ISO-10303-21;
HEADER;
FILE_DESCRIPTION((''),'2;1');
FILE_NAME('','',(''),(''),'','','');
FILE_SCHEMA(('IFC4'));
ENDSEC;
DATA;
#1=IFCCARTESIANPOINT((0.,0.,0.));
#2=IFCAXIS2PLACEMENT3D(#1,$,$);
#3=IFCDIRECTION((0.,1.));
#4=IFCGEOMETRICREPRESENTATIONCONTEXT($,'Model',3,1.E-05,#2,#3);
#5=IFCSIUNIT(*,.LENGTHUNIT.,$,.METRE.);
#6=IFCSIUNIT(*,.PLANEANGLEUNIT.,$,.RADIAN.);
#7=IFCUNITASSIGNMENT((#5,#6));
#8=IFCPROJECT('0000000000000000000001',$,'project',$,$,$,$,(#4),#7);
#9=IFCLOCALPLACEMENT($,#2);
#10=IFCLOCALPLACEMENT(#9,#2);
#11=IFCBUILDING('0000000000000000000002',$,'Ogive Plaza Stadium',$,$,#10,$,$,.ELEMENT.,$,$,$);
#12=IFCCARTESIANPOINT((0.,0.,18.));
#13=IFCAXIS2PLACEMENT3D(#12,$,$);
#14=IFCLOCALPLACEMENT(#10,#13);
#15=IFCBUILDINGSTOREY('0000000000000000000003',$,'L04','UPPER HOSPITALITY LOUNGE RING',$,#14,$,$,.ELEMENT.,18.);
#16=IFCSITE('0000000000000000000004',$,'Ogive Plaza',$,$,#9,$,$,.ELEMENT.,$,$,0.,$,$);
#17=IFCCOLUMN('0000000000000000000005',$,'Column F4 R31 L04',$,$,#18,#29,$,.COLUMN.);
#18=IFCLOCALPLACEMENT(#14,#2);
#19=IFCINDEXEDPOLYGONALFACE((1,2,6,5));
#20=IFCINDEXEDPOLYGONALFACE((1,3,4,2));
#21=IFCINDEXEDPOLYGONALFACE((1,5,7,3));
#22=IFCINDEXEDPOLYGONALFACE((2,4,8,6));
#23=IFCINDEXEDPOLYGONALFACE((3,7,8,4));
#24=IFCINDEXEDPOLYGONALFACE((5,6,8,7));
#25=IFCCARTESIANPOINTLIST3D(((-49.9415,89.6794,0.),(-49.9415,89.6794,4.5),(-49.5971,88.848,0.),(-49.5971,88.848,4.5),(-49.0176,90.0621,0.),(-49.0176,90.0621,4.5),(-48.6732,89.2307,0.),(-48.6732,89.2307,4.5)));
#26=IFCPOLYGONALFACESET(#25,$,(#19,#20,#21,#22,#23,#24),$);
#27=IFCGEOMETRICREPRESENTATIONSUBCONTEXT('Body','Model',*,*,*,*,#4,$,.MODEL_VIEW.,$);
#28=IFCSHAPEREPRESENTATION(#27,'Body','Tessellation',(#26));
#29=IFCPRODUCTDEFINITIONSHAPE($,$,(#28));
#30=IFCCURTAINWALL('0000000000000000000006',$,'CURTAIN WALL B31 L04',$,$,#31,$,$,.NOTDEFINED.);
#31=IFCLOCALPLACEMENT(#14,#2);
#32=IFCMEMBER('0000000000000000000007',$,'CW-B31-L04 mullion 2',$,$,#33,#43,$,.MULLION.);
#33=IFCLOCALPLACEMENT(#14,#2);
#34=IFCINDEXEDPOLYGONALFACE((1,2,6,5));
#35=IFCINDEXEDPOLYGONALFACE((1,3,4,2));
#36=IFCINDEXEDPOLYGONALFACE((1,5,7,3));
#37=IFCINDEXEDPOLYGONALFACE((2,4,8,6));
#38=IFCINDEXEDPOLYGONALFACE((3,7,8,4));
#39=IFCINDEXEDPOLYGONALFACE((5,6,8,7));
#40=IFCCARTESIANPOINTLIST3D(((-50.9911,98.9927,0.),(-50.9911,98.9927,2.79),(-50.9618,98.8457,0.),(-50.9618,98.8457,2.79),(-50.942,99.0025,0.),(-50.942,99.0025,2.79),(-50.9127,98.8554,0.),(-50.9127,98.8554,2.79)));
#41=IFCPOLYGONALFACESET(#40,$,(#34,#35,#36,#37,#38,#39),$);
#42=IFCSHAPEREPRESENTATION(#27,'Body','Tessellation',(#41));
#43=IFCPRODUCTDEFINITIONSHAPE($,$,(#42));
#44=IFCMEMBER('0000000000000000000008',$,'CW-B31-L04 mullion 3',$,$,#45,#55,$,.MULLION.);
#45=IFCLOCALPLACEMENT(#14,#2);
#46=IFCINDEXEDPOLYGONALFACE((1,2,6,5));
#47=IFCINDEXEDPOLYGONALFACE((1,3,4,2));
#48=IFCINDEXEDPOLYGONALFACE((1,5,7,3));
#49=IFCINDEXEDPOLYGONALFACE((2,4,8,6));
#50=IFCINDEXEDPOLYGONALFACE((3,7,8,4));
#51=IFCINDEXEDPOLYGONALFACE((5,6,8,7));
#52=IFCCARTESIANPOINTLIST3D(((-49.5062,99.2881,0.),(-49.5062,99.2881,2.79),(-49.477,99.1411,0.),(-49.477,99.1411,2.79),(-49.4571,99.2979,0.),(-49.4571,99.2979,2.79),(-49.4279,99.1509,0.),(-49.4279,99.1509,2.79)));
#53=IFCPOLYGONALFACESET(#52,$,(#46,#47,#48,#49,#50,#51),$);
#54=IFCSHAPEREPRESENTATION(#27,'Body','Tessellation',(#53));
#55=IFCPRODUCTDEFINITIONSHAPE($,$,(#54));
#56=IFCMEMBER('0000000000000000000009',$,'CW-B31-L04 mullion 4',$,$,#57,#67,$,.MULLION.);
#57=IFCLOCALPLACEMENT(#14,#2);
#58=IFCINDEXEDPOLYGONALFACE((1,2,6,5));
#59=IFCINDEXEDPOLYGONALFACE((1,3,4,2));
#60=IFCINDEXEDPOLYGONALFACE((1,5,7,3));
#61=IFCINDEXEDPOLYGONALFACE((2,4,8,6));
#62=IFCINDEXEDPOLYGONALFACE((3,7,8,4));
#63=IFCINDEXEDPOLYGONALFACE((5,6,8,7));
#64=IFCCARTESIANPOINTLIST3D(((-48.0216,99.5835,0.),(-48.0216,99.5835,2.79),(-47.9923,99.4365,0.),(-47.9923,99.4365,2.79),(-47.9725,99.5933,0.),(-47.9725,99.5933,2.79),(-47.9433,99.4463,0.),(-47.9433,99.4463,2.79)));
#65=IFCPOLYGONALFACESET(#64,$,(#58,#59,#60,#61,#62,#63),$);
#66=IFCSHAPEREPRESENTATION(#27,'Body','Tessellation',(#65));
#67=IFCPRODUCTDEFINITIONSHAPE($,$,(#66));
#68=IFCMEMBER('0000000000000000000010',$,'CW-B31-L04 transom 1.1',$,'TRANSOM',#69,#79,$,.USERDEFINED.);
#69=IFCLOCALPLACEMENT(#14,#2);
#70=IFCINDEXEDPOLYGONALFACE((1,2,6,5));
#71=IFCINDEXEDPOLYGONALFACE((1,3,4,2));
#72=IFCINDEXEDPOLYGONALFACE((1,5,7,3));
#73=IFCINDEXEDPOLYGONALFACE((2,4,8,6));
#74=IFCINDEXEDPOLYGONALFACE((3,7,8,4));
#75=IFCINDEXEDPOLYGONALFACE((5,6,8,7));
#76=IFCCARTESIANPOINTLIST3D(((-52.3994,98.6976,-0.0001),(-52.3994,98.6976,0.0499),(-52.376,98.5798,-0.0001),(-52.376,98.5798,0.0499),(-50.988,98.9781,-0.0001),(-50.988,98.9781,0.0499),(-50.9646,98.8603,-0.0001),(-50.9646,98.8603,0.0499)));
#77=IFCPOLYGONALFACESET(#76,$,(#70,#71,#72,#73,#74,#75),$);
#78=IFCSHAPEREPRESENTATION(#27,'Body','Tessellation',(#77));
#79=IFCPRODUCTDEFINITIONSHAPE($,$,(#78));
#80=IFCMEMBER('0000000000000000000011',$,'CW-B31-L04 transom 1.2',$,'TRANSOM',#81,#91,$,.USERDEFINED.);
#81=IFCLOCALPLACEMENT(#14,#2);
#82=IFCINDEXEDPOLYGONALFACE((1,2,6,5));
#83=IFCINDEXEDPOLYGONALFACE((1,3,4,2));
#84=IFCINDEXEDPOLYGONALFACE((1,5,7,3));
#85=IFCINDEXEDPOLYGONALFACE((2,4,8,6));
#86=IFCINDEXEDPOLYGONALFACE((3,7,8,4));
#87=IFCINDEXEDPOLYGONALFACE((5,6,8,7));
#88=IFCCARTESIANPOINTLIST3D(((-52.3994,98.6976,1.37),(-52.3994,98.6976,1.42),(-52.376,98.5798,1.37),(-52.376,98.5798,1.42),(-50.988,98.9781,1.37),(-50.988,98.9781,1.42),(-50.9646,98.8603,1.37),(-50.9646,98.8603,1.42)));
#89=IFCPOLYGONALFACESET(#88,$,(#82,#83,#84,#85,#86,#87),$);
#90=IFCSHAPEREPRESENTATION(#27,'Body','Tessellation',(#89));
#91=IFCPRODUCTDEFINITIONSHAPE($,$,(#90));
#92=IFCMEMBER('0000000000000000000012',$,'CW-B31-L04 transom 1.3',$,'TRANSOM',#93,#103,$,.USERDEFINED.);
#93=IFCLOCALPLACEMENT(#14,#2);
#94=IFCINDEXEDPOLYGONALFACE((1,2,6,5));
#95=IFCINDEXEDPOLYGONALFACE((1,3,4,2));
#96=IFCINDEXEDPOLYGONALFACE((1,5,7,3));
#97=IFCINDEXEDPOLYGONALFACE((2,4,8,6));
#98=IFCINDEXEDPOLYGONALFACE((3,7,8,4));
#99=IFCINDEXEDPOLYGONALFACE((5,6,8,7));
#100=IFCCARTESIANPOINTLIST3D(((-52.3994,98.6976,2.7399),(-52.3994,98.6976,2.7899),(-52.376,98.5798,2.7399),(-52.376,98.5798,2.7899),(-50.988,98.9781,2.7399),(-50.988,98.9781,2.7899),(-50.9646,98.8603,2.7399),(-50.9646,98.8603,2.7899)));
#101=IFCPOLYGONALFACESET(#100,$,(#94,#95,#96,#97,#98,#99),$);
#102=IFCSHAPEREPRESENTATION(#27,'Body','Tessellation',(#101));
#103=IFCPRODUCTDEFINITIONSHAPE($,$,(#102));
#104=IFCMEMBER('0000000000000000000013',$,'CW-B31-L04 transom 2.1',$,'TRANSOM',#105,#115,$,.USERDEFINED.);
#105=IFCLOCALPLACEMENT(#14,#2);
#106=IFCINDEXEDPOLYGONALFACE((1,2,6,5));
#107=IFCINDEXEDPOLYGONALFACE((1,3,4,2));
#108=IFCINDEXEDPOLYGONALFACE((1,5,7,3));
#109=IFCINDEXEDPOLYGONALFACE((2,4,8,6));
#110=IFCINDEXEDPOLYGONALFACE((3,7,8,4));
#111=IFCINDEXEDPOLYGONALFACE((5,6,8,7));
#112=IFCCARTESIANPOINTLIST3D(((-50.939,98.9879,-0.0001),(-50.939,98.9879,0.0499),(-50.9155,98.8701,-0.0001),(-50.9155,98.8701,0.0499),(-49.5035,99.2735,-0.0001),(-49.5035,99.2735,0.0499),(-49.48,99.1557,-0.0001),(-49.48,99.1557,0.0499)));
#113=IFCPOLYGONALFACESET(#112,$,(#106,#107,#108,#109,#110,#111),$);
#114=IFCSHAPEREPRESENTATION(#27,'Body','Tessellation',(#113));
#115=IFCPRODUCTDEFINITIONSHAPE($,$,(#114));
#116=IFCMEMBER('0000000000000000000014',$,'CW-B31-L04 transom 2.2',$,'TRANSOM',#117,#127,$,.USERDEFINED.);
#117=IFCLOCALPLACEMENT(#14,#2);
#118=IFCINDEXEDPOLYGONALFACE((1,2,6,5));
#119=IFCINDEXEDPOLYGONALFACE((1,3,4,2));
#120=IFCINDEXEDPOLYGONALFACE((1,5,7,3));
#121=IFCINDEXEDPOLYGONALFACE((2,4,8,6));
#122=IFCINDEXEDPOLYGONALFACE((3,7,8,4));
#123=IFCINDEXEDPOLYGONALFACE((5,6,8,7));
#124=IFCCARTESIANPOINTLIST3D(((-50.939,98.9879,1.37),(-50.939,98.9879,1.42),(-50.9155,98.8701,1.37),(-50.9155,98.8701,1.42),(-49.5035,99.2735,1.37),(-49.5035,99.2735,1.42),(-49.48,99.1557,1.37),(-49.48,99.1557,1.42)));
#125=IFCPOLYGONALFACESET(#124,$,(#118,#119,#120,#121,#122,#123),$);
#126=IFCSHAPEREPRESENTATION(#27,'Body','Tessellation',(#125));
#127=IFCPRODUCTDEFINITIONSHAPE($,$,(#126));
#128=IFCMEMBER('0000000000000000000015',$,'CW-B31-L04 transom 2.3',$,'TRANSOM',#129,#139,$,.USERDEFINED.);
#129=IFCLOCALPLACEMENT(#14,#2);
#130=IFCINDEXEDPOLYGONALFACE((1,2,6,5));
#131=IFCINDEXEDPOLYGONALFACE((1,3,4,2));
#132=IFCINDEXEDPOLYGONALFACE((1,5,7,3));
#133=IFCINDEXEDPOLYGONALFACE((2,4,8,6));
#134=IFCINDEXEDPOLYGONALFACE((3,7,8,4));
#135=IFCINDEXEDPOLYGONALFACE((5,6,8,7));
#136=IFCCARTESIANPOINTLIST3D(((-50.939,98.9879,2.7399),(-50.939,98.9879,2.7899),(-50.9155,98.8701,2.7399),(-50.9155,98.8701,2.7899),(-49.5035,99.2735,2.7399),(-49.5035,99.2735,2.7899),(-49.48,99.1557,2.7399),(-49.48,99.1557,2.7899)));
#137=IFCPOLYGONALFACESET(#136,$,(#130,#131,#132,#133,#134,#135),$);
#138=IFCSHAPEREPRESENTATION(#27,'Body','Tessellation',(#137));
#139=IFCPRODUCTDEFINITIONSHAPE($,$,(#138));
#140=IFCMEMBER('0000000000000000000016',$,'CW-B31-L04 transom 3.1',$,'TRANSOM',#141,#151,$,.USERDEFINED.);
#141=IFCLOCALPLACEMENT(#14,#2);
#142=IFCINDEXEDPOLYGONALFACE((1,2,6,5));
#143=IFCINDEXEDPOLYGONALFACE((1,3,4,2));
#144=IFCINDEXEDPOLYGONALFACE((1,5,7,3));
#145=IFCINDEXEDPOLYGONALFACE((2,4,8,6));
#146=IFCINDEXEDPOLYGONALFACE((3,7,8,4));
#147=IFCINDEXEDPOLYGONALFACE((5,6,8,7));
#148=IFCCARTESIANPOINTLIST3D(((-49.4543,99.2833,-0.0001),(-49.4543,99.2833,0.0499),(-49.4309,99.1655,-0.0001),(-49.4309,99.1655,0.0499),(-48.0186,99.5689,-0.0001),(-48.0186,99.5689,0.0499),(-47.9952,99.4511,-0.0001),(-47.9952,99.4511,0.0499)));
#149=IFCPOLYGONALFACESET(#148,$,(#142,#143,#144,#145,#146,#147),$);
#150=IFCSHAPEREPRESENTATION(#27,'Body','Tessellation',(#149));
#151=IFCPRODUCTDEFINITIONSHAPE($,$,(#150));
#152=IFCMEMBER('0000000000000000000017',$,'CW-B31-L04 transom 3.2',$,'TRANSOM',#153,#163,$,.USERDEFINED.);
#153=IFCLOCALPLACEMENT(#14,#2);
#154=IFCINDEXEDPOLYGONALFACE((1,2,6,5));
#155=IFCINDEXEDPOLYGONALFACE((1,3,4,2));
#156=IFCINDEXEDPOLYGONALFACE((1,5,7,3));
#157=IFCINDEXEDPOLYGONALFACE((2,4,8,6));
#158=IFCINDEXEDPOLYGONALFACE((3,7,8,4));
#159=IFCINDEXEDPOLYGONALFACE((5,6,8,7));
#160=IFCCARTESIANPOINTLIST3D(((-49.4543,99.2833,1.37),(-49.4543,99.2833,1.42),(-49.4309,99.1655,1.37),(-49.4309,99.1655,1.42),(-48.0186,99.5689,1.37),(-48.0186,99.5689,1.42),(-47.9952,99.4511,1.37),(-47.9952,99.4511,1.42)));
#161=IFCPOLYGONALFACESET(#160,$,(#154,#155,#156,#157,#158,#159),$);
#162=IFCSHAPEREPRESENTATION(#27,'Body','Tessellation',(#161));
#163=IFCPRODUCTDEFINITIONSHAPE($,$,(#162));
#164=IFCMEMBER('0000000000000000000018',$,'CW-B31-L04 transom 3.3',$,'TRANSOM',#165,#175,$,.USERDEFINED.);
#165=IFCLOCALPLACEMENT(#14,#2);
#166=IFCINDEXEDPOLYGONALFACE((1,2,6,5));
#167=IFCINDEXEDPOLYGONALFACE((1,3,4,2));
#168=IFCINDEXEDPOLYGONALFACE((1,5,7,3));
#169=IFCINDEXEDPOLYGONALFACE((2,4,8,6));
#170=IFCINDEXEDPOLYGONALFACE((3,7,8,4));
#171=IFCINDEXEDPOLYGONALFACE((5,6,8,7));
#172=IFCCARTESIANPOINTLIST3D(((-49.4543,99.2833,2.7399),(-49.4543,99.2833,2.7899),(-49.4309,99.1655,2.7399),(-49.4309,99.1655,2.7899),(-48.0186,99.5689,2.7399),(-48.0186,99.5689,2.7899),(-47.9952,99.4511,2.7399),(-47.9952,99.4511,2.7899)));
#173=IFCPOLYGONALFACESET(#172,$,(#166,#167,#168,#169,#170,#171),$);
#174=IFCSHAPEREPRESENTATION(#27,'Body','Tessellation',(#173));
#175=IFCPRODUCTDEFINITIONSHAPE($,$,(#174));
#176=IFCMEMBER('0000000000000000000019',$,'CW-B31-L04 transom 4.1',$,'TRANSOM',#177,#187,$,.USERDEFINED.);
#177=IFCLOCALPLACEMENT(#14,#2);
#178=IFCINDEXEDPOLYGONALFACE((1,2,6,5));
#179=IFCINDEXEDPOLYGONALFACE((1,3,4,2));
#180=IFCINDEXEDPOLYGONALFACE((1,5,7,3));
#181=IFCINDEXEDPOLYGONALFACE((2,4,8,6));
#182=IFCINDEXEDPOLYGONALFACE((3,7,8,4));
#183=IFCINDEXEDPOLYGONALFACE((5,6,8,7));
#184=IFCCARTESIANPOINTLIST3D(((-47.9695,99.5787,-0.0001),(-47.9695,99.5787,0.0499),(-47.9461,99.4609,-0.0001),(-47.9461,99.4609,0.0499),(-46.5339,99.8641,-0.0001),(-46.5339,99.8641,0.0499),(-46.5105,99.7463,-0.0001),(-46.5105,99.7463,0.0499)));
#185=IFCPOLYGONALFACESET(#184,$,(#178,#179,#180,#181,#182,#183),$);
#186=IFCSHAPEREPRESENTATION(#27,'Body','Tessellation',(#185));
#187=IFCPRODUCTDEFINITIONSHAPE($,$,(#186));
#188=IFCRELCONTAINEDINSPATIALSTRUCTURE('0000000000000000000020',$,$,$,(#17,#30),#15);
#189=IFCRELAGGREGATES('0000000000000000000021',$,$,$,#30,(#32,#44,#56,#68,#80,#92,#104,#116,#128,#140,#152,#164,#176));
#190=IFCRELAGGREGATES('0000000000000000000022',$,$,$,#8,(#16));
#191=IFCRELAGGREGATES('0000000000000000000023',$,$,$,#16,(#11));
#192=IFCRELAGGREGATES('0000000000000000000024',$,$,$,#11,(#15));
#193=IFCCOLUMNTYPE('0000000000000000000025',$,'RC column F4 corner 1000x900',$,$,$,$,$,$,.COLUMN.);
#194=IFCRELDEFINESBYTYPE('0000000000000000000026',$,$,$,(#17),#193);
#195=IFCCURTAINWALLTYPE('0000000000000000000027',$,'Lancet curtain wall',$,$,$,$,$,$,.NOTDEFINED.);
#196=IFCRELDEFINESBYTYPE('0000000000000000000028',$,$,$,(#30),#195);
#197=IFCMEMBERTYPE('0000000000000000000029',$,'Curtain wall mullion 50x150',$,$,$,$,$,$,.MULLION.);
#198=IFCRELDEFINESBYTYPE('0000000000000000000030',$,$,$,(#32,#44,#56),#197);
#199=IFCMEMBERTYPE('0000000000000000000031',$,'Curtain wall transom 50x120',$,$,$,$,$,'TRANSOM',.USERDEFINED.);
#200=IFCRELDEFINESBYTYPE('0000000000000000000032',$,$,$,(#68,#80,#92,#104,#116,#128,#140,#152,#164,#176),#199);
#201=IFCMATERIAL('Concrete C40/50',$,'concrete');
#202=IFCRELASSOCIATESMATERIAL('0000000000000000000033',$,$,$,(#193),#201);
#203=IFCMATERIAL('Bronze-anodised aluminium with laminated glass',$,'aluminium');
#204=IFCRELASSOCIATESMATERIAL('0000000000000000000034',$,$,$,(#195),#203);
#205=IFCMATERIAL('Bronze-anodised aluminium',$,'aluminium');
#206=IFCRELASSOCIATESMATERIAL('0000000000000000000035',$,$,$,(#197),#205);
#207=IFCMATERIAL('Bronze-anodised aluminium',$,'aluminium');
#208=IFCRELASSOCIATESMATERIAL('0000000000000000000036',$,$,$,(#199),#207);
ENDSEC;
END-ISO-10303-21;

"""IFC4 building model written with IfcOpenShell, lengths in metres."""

from ifc_helpers import new_model, si_unit, direction, frame, origin, origin_2d, place, context, subcontext, project, spatial, rectangle, extrude, material, material_profile, profile_set, type_object, element, aggregate, save


model = new_model("IFC4")

# Units and contexts
model_context = context("Model", 3, precision=1e-05, world=origin(), true_north=direction((0.0, 1.0)))
body_context = subcontext(model_context, "Body", "Model", "MODEL_VIEW")
ifc_project = project(units=[si_unit("LENGTHUNIT", "METRE"), si_unit("PLANEANGLEUNIT", "RADIAN")], contexts=[model_context])

# Site, building, storey
site_placement = place(None, origin())
site = spatial("IfcSite", under=ifc_project, at=site_placement, Name="Ogive Plaza", CompositionType="ELEMENT", RefElevation=0.0)
building_placement = place(site_placement, origin())
building = spatial("IfcBuilding", under=site, at=building_placement, Name="Ogive Plaza Stadium", CompositionType="ELEMENT")
storey_placement = place(building_placement, frame((0.0, 0.0, 18.0)))
storey = spatial("IfcBuildingStorey", under=building, at=storey_placement, Name="L04", Description="UPPER HOSPITALITY LOUNGE RING", CompositionType="ELEMENT", Elevation=18.0)

# Column
ifc_material_1 = material(Name="Concrete C40/50", Category="concrete")
ifc_material_profile_1 = material_profile(ifc_material_1, rectangle(XDim=1.0, YDim=0.8999, at=origin_2d()), Name="RC 1000x900")
ifc_profile_set_1 = profile_set([ifc_material_profile_1], Name="Concrete C40/50")
column_type = type_object("IfcColumnType", Name="RC column F4 corner 1000x900", PredefinedType="COLUMN", material=ifc_profile_set_1)
column_placement = place(storey_placement, frame((-49.3074, 89.4551, 0.0), z_axis=(0.0, 0.0, 1.0), x_axis=(-0.92388, -0.382683, 0.0)))
element("IfcColumn", 1, at=column_placement, inside=storey, type_object=column_type, Name="Column F4 R31 L04", PredefinedType="COLUMN", context=body_context, shape_type="SweptSolid", body=[
    extrude(rectangle(XDim=1.0, YDim=0.8999, at=origin_2d()), origin(), (0.0, 0.0, 1.0), 4.5),
])

# Curtain wall, members
ifc_material_2 = material(Name="Bronze-anodised aluminium with laminated glass", Category="aluminium")
curtain_wall_type = type_object("IfcCurtainWallType", Name="Lancet curtain wall", PredefinedType="NOTDEFINED", material=ifc_material_2)
curtain_wall_placement = place(storey_placement, origin())
curtain_wall = element("IfcCurtainWall", 2, at=curtain_wall_placement, inside=storey, type_object=curtain_wall_type, Name="CURTAIN WALL B31 L04", PredefinedType="NOTDEFINED")
ifc_material_3 = material(Name="Bronze-anodised aluminium", Category="aluminium")
ifc_material_profile_2 = material_profile(ifc_material_3, rectangle(XDim=0.1499, YDim=0.05, at=origin_2d()), Name="AL 150x50")
ifc_profile_set_2 = profile_set([ifc_material_profile_2], Name="Bronze-anodised aluminium")
member_type_1 = type_object("IfcMemberType", Name="Curtain wall mullion 50x150", PredefinedType="MULLION", material=ifc_profile_set_2)
member_1_placement = place(storey_placement, frame((-50.9519, 98.9241, 0.0), z_axis=(0.0, 0.0, 1.0), x_axis=(-0.19509, 0.980785, 0.0)))
member_1 = element("IfcMember", 3, at=member_1_placement, type_object=member_type_1, Name="CW-B31-L04 mullion 2", PredefinedType="MULLION", context=body_context, shape_type="SweptSolid", body=[
    extrude(rectangle(XDim=0.1499, YDim=0.05, at=origin_2d()), origin(), (0.0, 0.0, 1.0), 2.79),
])
member_2_placement = place(storey_placement, frame((-49.467, 99.2195, 0.0), z_axis=(0.0, 0.0, 1.0), x_axis=(-0.19509, 0.980785, 0.0)))
member_2 = element("IfcMember", 4, at=member_2_placement, type_object=member_type_1, Name="CW-B31-L04 mullion 3", PredefinedType="MULLION", context=body_context, shape_type="SweptSolid", body=[
    extrude(rectangle(XDim=0.1499, YDim=0.05, at=origin_2d()), origin(), (0.0, 0.0, 1.0), 2.79),
])
member_3_placement = place(storey_placement, frame((-47.9824, 99.5149, 0.0), z_axis=(0.0, 0.0, 1.0), x_axis=(-0.19509, 0.980785, 0.0)))
member_3 = element("IfcMember", 5, at=member_3_placement, type_object=member_type_1, Name="CW-B31-L04 mullion 4", PredefinedType="MULLION", context=body_context, shape_type="SweptSolid", body=[
    extrude(rectangle(XDim=0.1499, YDim=0.05, at=origin_2d()), origin(), (0.0, 0.0, 1.0), 2.79),
])
ifc_material_4 = material(Name="Bronze-anodised aluminium", Category="aluminium")
ifc_material_profile_3 = material_profile(ifc_material_4, rectangle(XDim=0.1201, YDim=0.05, at=origin_2d()), Name="AL 120x50")
ifc_profile_set_3 = profile_set([ifc_material_profile_3], Name="Bronze-anodised aluminium")
member_type_2 = type_object("IfcMemberType", Name="Curtain wall transom 50x120", ElementType="TRANSOM", PredefinedType="USERDEFINED", material=ifc_profile_set_3)
member_4_placement = place(storey_placement, frame((-52.3877, 98.6387, 0.0249), z_axis=(0.980815, 0.194941, 0.0), x_axis=(-0.194941, 0.980815, 0.0)))
member_4 = element("IfcMember", 6, at=member_4_placement, type_object=member_type_2, Name="CW-B31-L04 transom 1.1", ObjectType="TRANSOM", PredefinedType="USERDEFINED", context=body_context, shape_type="SweptSolid", body=[
    extrude(rectangle(XDim=0.1201, YDim=0.05, at=origin_2d()), origin(), (0.0, 0.0, 1.0), 1.439),
])
member_5_placement = place(storey_placement, frame((-52.3877, 98.6387, 1.395), z_axis=(0.980815, 0.194941, 0.0), x_axis=(-0.194941, 0.980815, 0.0)))
member_5 = element("IfcMember", 7, at=member_5_placement, type_object=member_type_2, Name="CW-B31-L04 transom 1.2", ObjectType="TRANSOM", PredefinedType="USERDEFINED", context=body_context, shape_type="SweptSolid", body=[
    extrude(rectangle(XDim=0.1201, YDim=0.05, at=origin_2d()), origin(), (0.0, 0.0, 1.0), 1.439),
])
member_6_placement = place(storey_placement, frame((-52.3877, 98.6387, 2.7649), z_axis=(0.980815, 0.194941, 0.0), x_axis=(-0.194941, 0.980815, 0.0)))
member_6 = element("IfcMember", 8, at=member_6_placement, type_object=member_type_2, Name="CW-B31-L04 transom 1.3", ObjectType="TRANSOM", PredefinedType="USERDEFINED", context=body_context, shape_type="SweptSolid", body=[
    extrude(rectangle(XDim=0.1201, YDim=0.05, at=origin_2d()), origin(), (0.0, 0.0, 1.0), 1.439),
])
member_7_placement = place(storey_placement, frame((-50.9272, 98.929, 0.0249), z_axis=(0.980773, 0.195154, 0.0), x_axis=(-0.195154, 0.980773, 0.0)))
member_7 = element("IfcMember", 9, at=member_7_placement, type_object=member_type_2, Name="CW-B31-L04 transom 2.1", ObjectType="TRANSOM", PredefinedType="USERDEFINED", context=body_context, shape_type="SweptSolid", body=[
    extrude(rectangle(XDim=0.1201, YDim=0.05, at=origin_2d()), origin(), (0.0, 0.0, 1.0), 1.4636),
])
member_8_placement = place(storey_placement, frame((-50.9272, 98.929, 1.395), z_axis=(0.980773, 0.195154, 0.0), x_axis=(-0.195154, 0.980773, 0.0)))
member_8 = element("IfcMember", 10, at=member_8_placement, type_object=member_type_2, Name="CW-B31-L04 transom 2.2", ObjectType="TRANSOM", PredefinedType="USERDEFINED", context=body_context, shape_type="SweptSolid", body=[
    extrude(rectangle(XDim=0.1201, YDim=0.05, at=origin_2d()), origin(), (0.0, 0.0, 1.0), 1.4636),
])
member_9_placement = place(storey_placement, frame((-50.9272, 98.929, 2.7649), z_axis=(0.980773, 0.195154, 0.0), x_axis=(-0.195154, 0.980773, 0.0)))
member_9 = element("IfcMember", 11, at=member_9_placement, type_object=member_type_2, Name="CW-B31-L04 transom 2.3", ObjectType="TRANSOM", PredefinedType="USERDEFINED", context=body_context, shape_type="SweptSolid", body=[
    extrude(rectangle(XDim=0.1201, YDim=0.05, at=origin_2d()), origin(), (0.0, 0.0, 1.0), 1.4636),
])
member_10_placement = place(storey_placement, frame((-49.4426, 99.2244, 0.0249), z_axis=(0.980779, 0.195122, 0.0), x_axis=(-0.195122, 0.980779, 0.0)))
member_10 = element("IfcMember", 12, at=member_10_placement, type_object=member_type_2, Name="CW-B31-L04 transom 3.1", ObjectType="TRANSOM", PredefinedType="USERDEFINED", context=body_context, shape_type="SweptSolid", body=[
    extrude(rectangle(XDim=0.1201, YDim=0.05, at=origin_2d()), origin(), (0.0, 0.0, 1.0), 1.4639),
])
member_11_placement = place(storey_placement, frame((-49.4426, 99.2244, 1.395), z_axis=(0.980779, 0.195122, 0.0), x_axis=(-0.195122, 0.980779, 0.0)))
member_11 = element("IfcMember", 13, at=member_11_placement, type_object=member_type_2, Name="CW-B31-L04 transom 3.2", ObjectType="TRANSOM", PredefinedType="USERDEFINED", context=body_context, shape_type="SweptSolid", body=[
    extrude(rectangle(XDim=0.1201, YDim=0.05, at=origin_2d()), origin(), (0.0, 0.0, 1.0), 1.4639),
])
member_12_placement = place(storey_placement, frame((-49.4426, 99.2244, 2.7649), z_axis=(0.980779, 0.195122, 0.0), x_axis=(-0.195122, 0.980779, 0.0)))
member_12 = element("IfcMember", 14, at=member_12_placement, type_object=member_type_2, Name="CW-B31-L04 transom 3.3", ObjectType="TRANSOM", PredefinedType="USERDEFINED", context=body_context, shape_type="SweptSolid", body=[
    extrude(rectangle(XDim=0.1201, YDim=0.05, at=origin_2d()), origin(), (0.0, 0.0, 1.0), 1.4639),
])
member_13_placement = place(storey_placement, frame((-47.9578, 99.5198, 0.0249), z_axis=(0.980805, 0.194993, 0.0), x_axis=(-0.194993, 0.980805, 0.0)))
member_13 = element("IfcMember", 15, at=member_13_placement, type_object=member_type_2, Name="CW-B31-L04 transom 4.1", ObjectType="TRANSOM", PredefinedType="USERDEFINED", context=body_context, shape_type="SweptSolid", body=[
    extrude(rectangle(XDim=0.1201, YDim=0.05, at=origin_2d()), origin(), (0.0, 0.0, 1.0), 1.4636),
])

aggregate(curtain_wall, [member_1, member_2, member_3, member_4, member_5, member_6, member_7, member_8, member_9, member_10, member_11, member_12, member_13])

save(model, "model.ifc")
